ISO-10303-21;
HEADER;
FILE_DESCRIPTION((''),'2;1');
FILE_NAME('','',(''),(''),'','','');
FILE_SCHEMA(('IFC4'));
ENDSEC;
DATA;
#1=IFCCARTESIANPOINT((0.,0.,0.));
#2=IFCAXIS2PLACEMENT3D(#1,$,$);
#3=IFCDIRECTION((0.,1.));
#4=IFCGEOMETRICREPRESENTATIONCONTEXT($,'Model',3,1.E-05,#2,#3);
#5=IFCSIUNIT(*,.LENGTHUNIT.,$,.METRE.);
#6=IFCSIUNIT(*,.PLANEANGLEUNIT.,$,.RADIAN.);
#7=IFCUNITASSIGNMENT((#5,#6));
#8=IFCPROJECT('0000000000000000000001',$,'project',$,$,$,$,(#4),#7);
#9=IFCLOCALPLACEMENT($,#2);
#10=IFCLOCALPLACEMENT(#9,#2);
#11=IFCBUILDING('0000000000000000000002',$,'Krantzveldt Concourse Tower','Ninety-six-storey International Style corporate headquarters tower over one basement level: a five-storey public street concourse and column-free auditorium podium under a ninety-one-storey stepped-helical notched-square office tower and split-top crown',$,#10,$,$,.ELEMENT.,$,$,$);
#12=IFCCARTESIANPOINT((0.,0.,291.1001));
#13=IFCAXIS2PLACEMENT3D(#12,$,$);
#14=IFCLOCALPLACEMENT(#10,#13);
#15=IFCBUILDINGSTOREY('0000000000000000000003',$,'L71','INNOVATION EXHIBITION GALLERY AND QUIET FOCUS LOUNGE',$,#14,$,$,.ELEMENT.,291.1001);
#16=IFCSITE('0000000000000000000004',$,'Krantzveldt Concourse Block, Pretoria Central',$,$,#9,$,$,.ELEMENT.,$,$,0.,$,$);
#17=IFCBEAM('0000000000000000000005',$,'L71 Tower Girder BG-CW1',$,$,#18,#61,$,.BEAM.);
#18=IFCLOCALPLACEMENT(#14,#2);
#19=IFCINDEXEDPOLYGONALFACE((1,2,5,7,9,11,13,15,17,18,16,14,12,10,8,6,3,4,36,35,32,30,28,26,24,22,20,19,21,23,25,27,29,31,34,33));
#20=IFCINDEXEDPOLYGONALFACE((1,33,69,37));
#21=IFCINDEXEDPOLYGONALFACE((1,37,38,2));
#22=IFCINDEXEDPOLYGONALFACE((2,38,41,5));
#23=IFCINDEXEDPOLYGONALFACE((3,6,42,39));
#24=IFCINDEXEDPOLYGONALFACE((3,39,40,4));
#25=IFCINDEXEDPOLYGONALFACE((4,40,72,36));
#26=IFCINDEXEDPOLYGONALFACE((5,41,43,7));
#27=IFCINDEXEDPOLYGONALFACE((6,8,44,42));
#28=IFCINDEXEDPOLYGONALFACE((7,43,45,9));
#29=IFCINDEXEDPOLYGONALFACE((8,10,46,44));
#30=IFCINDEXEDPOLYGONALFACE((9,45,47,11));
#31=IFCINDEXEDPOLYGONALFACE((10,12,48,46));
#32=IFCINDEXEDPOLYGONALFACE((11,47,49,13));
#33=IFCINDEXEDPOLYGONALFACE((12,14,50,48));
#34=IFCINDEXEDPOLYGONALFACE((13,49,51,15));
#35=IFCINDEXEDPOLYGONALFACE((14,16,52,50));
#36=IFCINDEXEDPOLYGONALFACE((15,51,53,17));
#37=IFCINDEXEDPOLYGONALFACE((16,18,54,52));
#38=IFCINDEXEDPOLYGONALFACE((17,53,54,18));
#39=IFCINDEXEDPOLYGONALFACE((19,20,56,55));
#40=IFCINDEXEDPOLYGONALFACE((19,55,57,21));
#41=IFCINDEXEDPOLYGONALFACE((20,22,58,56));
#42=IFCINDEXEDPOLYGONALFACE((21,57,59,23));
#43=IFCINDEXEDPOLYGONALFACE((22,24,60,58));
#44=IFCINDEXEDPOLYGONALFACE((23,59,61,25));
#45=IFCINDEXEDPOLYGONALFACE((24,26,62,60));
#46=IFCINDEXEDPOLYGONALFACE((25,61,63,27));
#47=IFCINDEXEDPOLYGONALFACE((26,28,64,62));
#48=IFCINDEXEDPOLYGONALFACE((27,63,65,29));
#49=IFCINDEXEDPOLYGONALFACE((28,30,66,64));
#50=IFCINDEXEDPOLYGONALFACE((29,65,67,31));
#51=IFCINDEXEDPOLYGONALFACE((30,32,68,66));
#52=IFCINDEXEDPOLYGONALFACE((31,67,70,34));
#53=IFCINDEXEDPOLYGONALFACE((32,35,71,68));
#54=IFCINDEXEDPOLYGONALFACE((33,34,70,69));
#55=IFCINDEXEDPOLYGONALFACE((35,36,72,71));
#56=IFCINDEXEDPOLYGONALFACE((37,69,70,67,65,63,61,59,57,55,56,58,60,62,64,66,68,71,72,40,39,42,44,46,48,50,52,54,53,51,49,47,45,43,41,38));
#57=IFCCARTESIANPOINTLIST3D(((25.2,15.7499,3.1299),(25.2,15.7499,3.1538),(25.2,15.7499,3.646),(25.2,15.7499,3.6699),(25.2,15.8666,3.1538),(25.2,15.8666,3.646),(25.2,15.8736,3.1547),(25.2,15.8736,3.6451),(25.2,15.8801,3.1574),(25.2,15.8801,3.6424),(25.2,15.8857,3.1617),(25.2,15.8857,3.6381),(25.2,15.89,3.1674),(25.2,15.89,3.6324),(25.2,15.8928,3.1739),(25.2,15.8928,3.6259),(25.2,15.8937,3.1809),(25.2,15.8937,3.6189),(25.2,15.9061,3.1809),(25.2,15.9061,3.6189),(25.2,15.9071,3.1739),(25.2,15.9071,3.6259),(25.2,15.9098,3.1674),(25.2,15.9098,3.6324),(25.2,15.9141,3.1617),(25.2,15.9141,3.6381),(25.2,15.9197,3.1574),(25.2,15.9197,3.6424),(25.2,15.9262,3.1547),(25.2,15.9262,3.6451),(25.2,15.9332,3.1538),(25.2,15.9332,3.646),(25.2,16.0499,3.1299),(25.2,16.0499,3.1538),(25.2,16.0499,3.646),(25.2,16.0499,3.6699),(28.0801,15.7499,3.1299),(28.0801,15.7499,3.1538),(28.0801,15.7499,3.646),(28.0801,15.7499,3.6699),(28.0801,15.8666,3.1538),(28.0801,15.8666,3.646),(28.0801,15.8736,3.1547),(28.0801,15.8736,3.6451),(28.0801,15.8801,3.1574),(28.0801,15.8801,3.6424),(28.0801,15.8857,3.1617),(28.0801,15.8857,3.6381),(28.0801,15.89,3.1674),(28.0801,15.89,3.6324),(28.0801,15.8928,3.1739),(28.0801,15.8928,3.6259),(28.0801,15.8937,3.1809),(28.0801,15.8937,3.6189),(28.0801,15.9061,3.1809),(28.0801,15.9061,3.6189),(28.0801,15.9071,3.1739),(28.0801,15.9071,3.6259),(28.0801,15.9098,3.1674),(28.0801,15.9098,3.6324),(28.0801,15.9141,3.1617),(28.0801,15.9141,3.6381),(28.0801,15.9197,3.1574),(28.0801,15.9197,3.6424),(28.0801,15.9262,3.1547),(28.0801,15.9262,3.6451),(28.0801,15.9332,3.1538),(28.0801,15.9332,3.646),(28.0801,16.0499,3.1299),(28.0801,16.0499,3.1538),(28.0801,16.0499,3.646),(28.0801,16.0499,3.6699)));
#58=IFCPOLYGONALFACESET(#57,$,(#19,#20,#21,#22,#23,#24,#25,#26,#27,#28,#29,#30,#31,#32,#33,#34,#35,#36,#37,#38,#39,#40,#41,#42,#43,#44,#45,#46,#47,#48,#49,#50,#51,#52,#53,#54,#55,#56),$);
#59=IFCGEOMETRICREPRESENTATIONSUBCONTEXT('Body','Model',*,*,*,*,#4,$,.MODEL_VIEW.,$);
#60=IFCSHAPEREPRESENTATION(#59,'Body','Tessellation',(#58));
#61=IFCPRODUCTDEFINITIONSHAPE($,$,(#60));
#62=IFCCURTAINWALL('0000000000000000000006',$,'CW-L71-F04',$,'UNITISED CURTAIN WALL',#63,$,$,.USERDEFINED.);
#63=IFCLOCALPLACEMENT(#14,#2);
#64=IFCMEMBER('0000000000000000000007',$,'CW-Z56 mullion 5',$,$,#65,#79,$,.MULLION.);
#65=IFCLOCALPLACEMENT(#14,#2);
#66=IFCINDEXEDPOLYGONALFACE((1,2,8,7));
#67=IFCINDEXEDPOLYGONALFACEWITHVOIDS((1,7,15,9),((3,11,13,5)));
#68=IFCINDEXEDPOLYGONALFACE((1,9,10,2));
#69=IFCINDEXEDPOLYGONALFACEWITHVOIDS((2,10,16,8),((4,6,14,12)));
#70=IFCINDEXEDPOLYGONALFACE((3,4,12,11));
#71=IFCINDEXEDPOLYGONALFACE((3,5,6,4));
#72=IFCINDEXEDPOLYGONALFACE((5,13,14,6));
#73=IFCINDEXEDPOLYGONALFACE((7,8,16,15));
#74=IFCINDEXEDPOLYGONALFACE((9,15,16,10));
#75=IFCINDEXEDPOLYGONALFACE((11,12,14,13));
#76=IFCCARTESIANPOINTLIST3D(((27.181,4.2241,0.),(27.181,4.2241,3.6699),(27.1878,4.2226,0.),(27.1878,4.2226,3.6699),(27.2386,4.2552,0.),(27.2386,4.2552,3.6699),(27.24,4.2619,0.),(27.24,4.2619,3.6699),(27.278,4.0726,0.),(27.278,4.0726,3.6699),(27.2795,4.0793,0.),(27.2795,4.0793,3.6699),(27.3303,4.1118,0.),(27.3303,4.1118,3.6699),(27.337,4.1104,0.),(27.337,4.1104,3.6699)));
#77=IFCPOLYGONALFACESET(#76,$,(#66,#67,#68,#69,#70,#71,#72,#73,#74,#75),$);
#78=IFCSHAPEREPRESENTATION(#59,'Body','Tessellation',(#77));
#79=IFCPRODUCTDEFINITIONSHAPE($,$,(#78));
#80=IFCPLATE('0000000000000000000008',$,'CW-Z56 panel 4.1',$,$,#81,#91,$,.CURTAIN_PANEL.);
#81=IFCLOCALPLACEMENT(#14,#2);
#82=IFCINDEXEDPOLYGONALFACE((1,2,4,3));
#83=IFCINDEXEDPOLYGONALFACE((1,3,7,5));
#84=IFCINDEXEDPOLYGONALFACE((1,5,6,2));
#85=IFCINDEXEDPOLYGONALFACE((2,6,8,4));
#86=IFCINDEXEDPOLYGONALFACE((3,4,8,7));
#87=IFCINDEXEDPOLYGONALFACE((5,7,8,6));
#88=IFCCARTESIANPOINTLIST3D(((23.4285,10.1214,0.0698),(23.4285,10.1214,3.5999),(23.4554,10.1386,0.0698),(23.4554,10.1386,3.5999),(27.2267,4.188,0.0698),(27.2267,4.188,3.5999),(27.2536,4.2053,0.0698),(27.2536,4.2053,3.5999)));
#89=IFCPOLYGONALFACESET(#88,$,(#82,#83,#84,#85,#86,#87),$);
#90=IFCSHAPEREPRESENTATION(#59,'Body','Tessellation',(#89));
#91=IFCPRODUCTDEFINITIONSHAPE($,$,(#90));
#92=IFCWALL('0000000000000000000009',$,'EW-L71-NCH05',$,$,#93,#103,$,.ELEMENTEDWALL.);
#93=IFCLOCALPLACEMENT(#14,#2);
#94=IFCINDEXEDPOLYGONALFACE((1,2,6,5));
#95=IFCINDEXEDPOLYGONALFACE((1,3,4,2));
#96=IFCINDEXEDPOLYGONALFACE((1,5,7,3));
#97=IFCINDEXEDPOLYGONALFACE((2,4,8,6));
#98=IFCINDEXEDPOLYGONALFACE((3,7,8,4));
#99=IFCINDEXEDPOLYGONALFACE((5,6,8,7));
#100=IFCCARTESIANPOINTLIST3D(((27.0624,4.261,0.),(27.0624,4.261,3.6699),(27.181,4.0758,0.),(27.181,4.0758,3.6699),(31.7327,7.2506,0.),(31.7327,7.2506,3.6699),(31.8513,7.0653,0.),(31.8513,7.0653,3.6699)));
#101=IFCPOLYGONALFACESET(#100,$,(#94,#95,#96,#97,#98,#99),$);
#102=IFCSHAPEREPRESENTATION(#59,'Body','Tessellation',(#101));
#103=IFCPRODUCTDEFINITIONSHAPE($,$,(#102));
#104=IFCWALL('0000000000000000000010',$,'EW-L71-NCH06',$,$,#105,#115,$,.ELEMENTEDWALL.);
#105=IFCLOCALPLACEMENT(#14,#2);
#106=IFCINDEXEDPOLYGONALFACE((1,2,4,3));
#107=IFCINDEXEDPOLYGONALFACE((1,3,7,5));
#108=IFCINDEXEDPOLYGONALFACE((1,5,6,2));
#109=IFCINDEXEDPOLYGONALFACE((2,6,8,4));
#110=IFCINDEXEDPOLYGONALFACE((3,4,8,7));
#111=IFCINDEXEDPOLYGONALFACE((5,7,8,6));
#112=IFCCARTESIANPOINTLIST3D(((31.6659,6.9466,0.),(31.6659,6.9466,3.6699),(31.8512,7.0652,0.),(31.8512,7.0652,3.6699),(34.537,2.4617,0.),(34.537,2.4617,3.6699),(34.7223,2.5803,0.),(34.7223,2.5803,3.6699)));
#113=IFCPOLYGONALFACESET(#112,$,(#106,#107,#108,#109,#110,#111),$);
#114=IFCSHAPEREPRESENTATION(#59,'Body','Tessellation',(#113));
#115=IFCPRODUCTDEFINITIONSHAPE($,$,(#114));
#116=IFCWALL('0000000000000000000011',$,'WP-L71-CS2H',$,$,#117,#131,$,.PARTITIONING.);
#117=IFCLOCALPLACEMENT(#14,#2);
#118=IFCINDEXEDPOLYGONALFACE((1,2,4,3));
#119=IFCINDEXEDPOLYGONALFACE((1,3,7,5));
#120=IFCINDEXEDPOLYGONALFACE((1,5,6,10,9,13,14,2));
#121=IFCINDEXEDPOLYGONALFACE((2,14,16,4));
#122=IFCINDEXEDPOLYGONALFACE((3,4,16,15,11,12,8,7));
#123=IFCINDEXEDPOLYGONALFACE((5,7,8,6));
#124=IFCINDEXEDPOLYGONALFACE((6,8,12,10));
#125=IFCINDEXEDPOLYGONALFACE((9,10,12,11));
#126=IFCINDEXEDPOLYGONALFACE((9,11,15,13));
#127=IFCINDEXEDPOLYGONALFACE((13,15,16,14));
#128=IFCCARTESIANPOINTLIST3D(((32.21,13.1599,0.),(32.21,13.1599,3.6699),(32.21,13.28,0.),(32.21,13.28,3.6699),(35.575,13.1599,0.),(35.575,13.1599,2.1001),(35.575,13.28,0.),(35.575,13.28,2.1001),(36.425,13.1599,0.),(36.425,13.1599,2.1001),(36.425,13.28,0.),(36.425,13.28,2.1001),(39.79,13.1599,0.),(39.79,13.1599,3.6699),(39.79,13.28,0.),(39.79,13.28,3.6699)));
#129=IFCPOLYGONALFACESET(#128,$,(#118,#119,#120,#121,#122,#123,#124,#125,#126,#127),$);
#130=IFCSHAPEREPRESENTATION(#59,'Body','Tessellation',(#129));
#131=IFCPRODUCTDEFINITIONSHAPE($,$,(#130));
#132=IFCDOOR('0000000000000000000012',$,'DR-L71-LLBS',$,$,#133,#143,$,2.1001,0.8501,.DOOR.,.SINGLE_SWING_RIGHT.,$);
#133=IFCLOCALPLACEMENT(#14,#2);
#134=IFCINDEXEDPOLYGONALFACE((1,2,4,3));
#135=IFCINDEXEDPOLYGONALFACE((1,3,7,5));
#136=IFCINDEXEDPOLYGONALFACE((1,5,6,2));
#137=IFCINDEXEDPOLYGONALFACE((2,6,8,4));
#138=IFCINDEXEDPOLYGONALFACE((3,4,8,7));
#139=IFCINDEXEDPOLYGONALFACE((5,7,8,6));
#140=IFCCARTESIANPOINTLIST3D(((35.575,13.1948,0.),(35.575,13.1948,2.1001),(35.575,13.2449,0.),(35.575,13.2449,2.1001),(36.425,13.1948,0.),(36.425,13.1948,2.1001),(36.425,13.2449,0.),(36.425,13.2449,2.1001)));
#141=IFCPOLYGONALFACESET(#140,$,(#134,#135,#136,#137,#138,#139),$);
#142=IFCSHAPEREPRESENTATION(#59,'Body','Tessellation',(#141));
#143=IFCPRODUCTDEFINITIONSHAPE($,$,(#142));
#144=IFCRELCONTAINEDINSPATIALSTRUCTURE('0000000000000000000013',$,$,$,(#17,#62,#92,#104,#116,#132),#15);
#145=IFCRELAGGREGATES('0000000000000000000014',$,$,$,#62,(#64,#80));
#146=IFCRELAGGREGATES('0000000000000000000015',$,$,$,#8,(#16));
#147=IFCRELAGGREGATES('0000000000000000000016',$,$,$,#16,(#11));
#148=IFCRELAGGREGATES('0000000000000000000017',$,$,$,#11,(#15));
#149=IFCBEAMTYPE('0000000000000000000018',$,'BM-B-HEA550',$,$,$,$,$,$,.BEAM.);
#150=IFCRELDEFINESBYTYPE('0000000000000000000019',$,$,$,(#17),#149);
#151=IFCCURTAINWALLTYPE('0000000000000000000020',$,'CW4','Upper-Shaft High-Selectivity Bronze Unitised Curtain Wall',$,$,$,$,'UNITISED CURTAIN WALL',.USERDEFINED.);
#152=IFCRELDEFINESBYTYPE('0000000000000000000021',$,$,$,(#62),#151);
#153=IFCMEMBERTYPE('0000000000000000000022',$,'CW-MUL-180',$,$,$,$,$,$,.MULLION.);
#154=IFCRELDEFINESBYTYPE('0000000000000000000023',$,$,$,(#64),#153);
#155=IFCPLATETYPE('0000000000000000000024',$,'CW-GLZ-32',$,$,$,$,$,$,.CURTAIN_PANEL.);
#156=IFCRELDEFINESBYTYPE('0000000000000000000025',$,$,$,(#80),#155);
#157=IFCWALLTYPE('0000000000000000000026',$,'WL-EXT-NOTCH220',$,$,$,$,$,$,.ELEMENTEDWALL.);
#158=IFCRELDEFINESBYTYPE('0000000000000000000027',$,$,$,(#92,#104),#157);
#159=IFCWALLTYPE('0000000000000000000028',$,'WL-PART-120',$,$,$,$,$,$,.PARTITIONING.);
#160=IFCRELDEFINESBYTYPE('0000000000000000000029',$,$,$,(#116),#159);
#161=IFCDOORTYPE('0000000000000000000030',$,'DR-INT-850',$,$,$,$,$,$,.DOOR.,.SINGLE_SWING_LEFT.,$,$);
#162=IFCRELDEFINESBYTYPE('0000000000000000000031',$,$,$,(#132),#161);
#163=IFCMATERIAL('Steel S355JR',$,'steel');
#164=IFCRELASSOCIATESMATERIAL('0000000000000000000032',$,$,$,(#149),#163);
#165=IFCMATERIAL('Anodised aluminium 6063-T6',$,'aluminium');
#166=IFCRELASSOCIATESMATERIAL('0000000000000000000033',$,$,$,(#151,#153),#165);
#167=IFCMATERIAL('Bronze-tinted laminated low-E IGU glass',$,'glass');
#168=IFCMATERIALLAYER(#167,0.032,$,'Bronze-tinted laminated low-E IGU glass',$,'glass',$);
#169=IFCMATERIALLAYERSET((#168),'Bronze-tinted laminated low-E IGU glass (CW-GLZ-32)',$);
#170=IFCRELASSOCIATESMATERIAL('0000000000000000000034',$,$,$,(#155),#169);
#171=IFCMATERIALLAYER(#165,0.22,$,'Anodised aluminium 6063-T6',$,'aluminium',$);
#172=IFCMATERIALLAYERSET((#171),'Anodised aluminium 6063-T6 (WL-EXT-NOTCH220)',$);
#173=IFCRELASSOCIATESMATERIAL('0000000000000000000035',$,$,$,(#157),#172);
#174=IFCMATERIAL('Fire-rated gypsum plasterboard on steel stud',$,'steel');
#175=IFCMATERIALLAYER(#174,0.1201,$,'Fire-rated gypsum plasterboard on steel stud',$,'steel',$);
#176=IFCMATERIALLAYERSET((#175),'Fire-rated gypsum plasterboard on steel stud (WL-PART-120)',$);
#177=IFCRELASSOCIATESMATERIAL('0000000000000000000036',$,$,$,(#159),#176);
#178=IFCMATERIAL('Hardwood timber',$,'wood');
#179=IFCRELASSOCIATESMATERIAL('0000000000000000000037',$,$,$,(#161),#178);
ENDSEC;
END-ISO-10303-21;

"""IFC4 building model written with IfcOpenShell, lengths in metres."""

from ifc_helpers import new_model, si_unit, direction, frame, frame_2d, origin, origin_2d, place, context, subcontext, project, spatial, rectangle, hollow_rectangle, i_section, extrude, source, transform, mapped, material, layer, layer_set, material_profile, profile_set, type_object, type_shapes, element, fill, aggregate, save


model = new_model("IFC4")

# Units and contexts
model_context = context("Model", 3, precision=1e-05, world=origin(), true_north=direction((0.0, 1.0)))
body_context = subcontext(model_context, "Body", "Model", "MODEL_VIEW")
ifc_project = project(units=[si_unit("LENGTHUNIT", "METRE"), si_unit("PLANEANGLEUNIT", "RADIAN")], contexts=[model_context])

# Site, building, storey
site_placement = place(None, origin())
site = spatial("IfcSite", under=ifc_project, at=site_placement, Name="Krantzveldt Concourse Block, Pretoria Central", CompositionType="ELEMENT", RefElevation=0.0)
building_placement = place(site_placement, origin())
building = spatial("IfcBuilding", under=site, at=building_placement, Name="Krantzveldt Concourse Tower", Description="Ninety-six-storey International Style corporate headquarters tower over one basement level: a five-storey public street concourse and column-free auditorium podium under a ninety-one-storey stepped-helical notched-square office tower and split-top crown", CompositionType="ELEMENT")
storey_placement = place(building_placement, frame((0.0, 0.0, 291.1001)))
storey = spatial("IfcBuildingStorey", under=building, at=storey_placement, Name="L71", Description="INNOVATION EXHIBITION GALLERY AND QUIET FOCUS LOUNGE", CompositionType="ELEMENT", Elevation=291.1001)

# Beam
ifc_material_1 = material(Name="Steel S355JR", Category="steel")
ifc_material_profile_1 = material_profile(ifc_material_1, i_section(OverallWidth=0.3, OverallDepth=0.54, WebThickness=0.0125, FlangeThickness=0.0239, FilletRadius=0.0271, at=origin_2d()), Name="Steel S355JR", Category="steel")
ifc_profile_set_1 = profile_set([ifc_material_profile_1], Name="Steel S355JR - HEA 550")
beam_type = type_object("IfcBeamType", Name="BM-B-HEA550", PredefinedType="BEAM", material=ifc_profile_set_1)
shared_shape_1 = source(origin(), body_context, "Body", "SweptSolid", [
    extrude(i_section(OverallWidth=0.3, OverallDepth=0.54, WebThickness=0.0125, FlangeThickness=0.0239, FilletRadius=0.0271, at=origin_2d()), origin(), (0.0, 0.0, 1.0), 2.8801),
])
type_shapes(beam_type, [shared_shape_1])
beam_placement = place(storey_placement, frame((25.2, 15.8999, 3.3999), z_axis=(1.0, 0.0, 0.0), x_axis=(0.0, 1.0, 0.0)))
element("IfcBeam", 1, at=beam_placement, inside=storey, type_object=beam_type, Name="L71 Tower Girder BG-CW1", PredefinedType="BEAM", context=body_context, shape_type="MappedRepresentation", body=[
    mapped(shared_shape_1, transform((0.0, 0.0, 0.0), x_axis=(1.0, 0.0, 0.0), y_axis=(0.0, 1.0, 0.0), z_axis=(0.0, 0.0, 1.0), scale=1.0)),
])

# Curtain wall, member, plate
ifc_material_2 = material(Name="Anodised aluminium 6063-T6", Category="aluminium")
curtain_wall_type = type_object("IfcCurtainWallType", Name="CW4", Description="Upper-Shaft High-Selectivity Bronze Unitised Curtain Wall", ElementType="UNITISED CURTAIN WALL", PredefinedType="USERDEFINED", material=ifc_material_2)
curtain_wall_placement = place(storey_placement, origin())
curtain_wall = element("IfcCurtainWall", 2, at=curtain_wall_placement, inside=storey, type_object=curtain_wall_type, Name="CW-L71-F04", ObjectType="UNITISED CURTAIN WALL", PredefinedType="USERDEFINED")
ifc_material_profile_2 = material_profile(ifc_material_2, hollow_rectangle(XDim=0.0701, YDim=0.1799, WallThickness=0.0049, at=origin_2d()), Name="Anodised aluminium 6063-T6", Category="aluminium")
ifc_profile_set_2 = profile_set([ifc_material_profile_2], Name="Anodised aluminium 6063-T6 - ALU-MULL 180x70x5")
member_type = type_object("IfcMemberType", Name="CW-MUL-180", PredefinedType="MULLION", material=ifc_profile_set_2)
shared_shape_2 = source(origin(), body_context, "Body", "SweptSolid", [
    extrude(hollow_rectangle(XDim=0.0701, YDim=0.1799, WallThickness=0.0049, at=origin_2d()), origin(), (0.0, 0.0, 1.0), 3.6699),
])
type_shapes(member_type, [shared_shape_2])
member_placement = place(storey_placement, frame((27.259, 4.1672, 0.0), z_axis=(0.0, 0.0, 1.0), x_axis=(0.842217, 0.539138, 0.0)))
member = element("IfcMember", 3, at=member_placement, type_object=member_type, Name="CW-Z56 mullion 5", PredefinedType="MULLION", context=body_context, shape_type="MappedRepresentation", body=[
    mapped(shared_shape_2, transform((0.0, 0.0, 0.0), x_axis=(1.0, 0.0, 0.0), y_axis=(0.0, 1.0, 0.0), z_axis=(0.0, 0.0, 1.0), scale=1.0)),
])
ifc_material_3 = material(Name="Bronze-tinted laminated low-E IGU glass", Category="glass")
ifc_layer_1 = layer(ifc_material_3, 0.032, Name="Bronze-tinted laminated low-E IGU glass", Category="glass")
ifc_layer_set_1 = layer_set([ifc_layer_1], Name="Bronze-tinted laminated low-E IGU glass (CW-GLZ-32)")
plate_type = type_object("IfcPlateType", Name="CW-GLZ-32", PredefinedType="CURTAIN_PANEL", material=ifc_layer_set_1)
shared_shape_3 = source(origin(), body_context, "Body", "SweptSolid", [
    extrude(rectangle(XDim=7.0449, YDim=0.032, at=origin_2d()), origin(), (0.0, 0.0, 1.0), 3.53),
])
type_shapes(plate_type, [shared_shape_3])
plate_placement = place(storey_placement, frame((25.3411, 7.1633, 0.0698), z_axis=(0.0, 0.0, 1.0), x_axis=(0.539138, -0.842217, 0.0)))
plate = element("IfcPlate", 4, at=plate_placement, type_object=plate_type, Name="CW-Z56 panel 4.1", PredefinedType="CURTAIN_PANEL", context=body_context, shape_type="MappedRepresentation", body=[
    mapped(shared_shape_3, transform((0.0, 0.0, 0.0), x_axis=(1.0, 0.0, 0.0), y_axis=(0.0, 1.0, 0.0), z_axis=(0.0, 0.0, 1.0), scale=1.0)),
])
aggregate(curtain_wall, [member, plate])

# Walls
ifc_layer_2 = layer(ifc_material_2, 0.22, Name="Anodised aluminium 6063-T6", Category="aluminium")
ifc_layer_set_2 = layer_set([ifc_layer_2], Name="Anodised aluminium 6063-T6 (WL-EXT-NOTCH220)")
wall_type_1 = type_object("IfcWallType", Name="WL-EXT-NOTCH220", PredefinedType="ELEMENTEDWALL", material=ifc_layer_set_2)
wall_1_placement = place(storey_placement, frame((27.1218, 4.1685, 0.0), z_axis=(0.0, 0.0, 1.0), x_axis=(0.842223, 0.53913, 0.0)))
element("IfcWall", 5, at=wall_1_placement, inside=storey, type_object=wall_type_1, Name="EW-L71-NCH05", PredefinedType="ELEMENTEDWALL", context=body_context, shape_type="SweptSolid", body=[
    extrude(rectangle(XDim=5.5452, YDim=0.22, at=frame_2d((2.7725, 0.0))), origin(), (0.0, 0.0, 1.0), 3.6699),
])
wall_2_placement = place(storey_placement, frame((31.7585, 7.0059, 0.0), z_axis=(0.0, 0.0, 1.0), x_axis=(0.539158, -0.842205, 0.0)))
element("IfcWall", 6, at=wall_2_placement, inside=storey, type_object=wall_type_1, Name="EW-L71-NCH06", PredefinedType="ELEMENTEDWALL", context=body_context, shape_type="SweptSolid", body=[
    extrude(rectangle(XDim=5.3252, YDim=0.22, at=frame_2d((2.6626, 0.0))), origin(), (0.0, 0.0, 1.0), 3.6699),
])

# Wall, opening, door
ifc_material_4 = material(Name="Fire-rated gypsum plasterboard on steel stud", Category="steel")
ifc_layer_3 = layer(ifc_material_4, 0.1201, Name="Fire-rated gypsum plasterboard on steel stud", Category="steel")
ifc_layer_set_3 = layer_set([ifc_layer_3], Name="Fire-rated gypsum plasterboard on steel stud (WL-PART-120)")
wall_type_2 = type_object("IfcWallType", Name="WL-PART-120", PredefinedType="PARTITIONING", material=ifc_layer_set_3)
wall_3_placement = place(storey_placement, frame((32.21, 13.22, 0.0), z_axis=(0.0, 0.0, 1.0), x_axis=(1.0, 0.0, 0.0)))
wall_3 = element("IfcWall", 7, at=wall_3_placement, inside=storey, type_object=wall_type_2, Name="WP-L71-CS2H", PredefinedType="PARTITIONING", context=body_context, shape_type="SweptSolid", body=[
    extrude(rectangle(XDim=7.5801, YDim=0.1201, at=frame_2d((3.79, 0.0))), origin(), (0.0, 0.0, 1.0), 3.6699),
])
opening_1_placement = place(wall_3_placement, frame((3.365, 0.0, 0.0)))
opening_1 = element("IfcOpeningElement", 8, at=opening_1_placement, cuts=wall_3, PredefinedType="OPENING", context=body_context, shape_type="SweptSolid", body=[
    extrude(rectangle(XDim=0.8501, YDim=2.1001, at=frame_2d((0.425, 1.05))), frame((0.0, 0.0701, 0.0), z_axis=(0.0, -1.0, 0.0), x_axis=(1.0, 0.0, 0.0)), (0.0, 0.0, 1.0), 0.1401),
])
ifc_material_5 = material(Name="Hardwood timber", Category="wood")
door_type_1 = type_object("IfcDoorType", Name="DR-INT-850", OperationType="SINGLE_SWING_LEFT", PredefinedType="DOOR", material=ifc_material_5)
door_1_placement = place(opening_1_placement, origin())
door_1 = element("IfcDoor", 9, at=door_1_placement, inside=storey, type_object=door_type_1, Name="DR-L71-LLBS", OperationType="SINGLE_SWING_RIGHT", OverallHeight=2.1001, OverallWidth=0.8501, PredefinedType="DOOR", context=body_context, shape_type="SweptSolid", body=[
    extrude(rectangle(XDim=0.8501, YDim=2.1001, at=frame_2d((0.425, 1.05))), frame((0.0, 0.0249, 0.0), z_axis=(0.0, -1.0, 0.0), x_axis=(1.0, 0.0, 0.0)), (0.0, 0.0, 1.0), 0.05),
])
fill(opening_1, door_1)

save(model, "model.ifc")
